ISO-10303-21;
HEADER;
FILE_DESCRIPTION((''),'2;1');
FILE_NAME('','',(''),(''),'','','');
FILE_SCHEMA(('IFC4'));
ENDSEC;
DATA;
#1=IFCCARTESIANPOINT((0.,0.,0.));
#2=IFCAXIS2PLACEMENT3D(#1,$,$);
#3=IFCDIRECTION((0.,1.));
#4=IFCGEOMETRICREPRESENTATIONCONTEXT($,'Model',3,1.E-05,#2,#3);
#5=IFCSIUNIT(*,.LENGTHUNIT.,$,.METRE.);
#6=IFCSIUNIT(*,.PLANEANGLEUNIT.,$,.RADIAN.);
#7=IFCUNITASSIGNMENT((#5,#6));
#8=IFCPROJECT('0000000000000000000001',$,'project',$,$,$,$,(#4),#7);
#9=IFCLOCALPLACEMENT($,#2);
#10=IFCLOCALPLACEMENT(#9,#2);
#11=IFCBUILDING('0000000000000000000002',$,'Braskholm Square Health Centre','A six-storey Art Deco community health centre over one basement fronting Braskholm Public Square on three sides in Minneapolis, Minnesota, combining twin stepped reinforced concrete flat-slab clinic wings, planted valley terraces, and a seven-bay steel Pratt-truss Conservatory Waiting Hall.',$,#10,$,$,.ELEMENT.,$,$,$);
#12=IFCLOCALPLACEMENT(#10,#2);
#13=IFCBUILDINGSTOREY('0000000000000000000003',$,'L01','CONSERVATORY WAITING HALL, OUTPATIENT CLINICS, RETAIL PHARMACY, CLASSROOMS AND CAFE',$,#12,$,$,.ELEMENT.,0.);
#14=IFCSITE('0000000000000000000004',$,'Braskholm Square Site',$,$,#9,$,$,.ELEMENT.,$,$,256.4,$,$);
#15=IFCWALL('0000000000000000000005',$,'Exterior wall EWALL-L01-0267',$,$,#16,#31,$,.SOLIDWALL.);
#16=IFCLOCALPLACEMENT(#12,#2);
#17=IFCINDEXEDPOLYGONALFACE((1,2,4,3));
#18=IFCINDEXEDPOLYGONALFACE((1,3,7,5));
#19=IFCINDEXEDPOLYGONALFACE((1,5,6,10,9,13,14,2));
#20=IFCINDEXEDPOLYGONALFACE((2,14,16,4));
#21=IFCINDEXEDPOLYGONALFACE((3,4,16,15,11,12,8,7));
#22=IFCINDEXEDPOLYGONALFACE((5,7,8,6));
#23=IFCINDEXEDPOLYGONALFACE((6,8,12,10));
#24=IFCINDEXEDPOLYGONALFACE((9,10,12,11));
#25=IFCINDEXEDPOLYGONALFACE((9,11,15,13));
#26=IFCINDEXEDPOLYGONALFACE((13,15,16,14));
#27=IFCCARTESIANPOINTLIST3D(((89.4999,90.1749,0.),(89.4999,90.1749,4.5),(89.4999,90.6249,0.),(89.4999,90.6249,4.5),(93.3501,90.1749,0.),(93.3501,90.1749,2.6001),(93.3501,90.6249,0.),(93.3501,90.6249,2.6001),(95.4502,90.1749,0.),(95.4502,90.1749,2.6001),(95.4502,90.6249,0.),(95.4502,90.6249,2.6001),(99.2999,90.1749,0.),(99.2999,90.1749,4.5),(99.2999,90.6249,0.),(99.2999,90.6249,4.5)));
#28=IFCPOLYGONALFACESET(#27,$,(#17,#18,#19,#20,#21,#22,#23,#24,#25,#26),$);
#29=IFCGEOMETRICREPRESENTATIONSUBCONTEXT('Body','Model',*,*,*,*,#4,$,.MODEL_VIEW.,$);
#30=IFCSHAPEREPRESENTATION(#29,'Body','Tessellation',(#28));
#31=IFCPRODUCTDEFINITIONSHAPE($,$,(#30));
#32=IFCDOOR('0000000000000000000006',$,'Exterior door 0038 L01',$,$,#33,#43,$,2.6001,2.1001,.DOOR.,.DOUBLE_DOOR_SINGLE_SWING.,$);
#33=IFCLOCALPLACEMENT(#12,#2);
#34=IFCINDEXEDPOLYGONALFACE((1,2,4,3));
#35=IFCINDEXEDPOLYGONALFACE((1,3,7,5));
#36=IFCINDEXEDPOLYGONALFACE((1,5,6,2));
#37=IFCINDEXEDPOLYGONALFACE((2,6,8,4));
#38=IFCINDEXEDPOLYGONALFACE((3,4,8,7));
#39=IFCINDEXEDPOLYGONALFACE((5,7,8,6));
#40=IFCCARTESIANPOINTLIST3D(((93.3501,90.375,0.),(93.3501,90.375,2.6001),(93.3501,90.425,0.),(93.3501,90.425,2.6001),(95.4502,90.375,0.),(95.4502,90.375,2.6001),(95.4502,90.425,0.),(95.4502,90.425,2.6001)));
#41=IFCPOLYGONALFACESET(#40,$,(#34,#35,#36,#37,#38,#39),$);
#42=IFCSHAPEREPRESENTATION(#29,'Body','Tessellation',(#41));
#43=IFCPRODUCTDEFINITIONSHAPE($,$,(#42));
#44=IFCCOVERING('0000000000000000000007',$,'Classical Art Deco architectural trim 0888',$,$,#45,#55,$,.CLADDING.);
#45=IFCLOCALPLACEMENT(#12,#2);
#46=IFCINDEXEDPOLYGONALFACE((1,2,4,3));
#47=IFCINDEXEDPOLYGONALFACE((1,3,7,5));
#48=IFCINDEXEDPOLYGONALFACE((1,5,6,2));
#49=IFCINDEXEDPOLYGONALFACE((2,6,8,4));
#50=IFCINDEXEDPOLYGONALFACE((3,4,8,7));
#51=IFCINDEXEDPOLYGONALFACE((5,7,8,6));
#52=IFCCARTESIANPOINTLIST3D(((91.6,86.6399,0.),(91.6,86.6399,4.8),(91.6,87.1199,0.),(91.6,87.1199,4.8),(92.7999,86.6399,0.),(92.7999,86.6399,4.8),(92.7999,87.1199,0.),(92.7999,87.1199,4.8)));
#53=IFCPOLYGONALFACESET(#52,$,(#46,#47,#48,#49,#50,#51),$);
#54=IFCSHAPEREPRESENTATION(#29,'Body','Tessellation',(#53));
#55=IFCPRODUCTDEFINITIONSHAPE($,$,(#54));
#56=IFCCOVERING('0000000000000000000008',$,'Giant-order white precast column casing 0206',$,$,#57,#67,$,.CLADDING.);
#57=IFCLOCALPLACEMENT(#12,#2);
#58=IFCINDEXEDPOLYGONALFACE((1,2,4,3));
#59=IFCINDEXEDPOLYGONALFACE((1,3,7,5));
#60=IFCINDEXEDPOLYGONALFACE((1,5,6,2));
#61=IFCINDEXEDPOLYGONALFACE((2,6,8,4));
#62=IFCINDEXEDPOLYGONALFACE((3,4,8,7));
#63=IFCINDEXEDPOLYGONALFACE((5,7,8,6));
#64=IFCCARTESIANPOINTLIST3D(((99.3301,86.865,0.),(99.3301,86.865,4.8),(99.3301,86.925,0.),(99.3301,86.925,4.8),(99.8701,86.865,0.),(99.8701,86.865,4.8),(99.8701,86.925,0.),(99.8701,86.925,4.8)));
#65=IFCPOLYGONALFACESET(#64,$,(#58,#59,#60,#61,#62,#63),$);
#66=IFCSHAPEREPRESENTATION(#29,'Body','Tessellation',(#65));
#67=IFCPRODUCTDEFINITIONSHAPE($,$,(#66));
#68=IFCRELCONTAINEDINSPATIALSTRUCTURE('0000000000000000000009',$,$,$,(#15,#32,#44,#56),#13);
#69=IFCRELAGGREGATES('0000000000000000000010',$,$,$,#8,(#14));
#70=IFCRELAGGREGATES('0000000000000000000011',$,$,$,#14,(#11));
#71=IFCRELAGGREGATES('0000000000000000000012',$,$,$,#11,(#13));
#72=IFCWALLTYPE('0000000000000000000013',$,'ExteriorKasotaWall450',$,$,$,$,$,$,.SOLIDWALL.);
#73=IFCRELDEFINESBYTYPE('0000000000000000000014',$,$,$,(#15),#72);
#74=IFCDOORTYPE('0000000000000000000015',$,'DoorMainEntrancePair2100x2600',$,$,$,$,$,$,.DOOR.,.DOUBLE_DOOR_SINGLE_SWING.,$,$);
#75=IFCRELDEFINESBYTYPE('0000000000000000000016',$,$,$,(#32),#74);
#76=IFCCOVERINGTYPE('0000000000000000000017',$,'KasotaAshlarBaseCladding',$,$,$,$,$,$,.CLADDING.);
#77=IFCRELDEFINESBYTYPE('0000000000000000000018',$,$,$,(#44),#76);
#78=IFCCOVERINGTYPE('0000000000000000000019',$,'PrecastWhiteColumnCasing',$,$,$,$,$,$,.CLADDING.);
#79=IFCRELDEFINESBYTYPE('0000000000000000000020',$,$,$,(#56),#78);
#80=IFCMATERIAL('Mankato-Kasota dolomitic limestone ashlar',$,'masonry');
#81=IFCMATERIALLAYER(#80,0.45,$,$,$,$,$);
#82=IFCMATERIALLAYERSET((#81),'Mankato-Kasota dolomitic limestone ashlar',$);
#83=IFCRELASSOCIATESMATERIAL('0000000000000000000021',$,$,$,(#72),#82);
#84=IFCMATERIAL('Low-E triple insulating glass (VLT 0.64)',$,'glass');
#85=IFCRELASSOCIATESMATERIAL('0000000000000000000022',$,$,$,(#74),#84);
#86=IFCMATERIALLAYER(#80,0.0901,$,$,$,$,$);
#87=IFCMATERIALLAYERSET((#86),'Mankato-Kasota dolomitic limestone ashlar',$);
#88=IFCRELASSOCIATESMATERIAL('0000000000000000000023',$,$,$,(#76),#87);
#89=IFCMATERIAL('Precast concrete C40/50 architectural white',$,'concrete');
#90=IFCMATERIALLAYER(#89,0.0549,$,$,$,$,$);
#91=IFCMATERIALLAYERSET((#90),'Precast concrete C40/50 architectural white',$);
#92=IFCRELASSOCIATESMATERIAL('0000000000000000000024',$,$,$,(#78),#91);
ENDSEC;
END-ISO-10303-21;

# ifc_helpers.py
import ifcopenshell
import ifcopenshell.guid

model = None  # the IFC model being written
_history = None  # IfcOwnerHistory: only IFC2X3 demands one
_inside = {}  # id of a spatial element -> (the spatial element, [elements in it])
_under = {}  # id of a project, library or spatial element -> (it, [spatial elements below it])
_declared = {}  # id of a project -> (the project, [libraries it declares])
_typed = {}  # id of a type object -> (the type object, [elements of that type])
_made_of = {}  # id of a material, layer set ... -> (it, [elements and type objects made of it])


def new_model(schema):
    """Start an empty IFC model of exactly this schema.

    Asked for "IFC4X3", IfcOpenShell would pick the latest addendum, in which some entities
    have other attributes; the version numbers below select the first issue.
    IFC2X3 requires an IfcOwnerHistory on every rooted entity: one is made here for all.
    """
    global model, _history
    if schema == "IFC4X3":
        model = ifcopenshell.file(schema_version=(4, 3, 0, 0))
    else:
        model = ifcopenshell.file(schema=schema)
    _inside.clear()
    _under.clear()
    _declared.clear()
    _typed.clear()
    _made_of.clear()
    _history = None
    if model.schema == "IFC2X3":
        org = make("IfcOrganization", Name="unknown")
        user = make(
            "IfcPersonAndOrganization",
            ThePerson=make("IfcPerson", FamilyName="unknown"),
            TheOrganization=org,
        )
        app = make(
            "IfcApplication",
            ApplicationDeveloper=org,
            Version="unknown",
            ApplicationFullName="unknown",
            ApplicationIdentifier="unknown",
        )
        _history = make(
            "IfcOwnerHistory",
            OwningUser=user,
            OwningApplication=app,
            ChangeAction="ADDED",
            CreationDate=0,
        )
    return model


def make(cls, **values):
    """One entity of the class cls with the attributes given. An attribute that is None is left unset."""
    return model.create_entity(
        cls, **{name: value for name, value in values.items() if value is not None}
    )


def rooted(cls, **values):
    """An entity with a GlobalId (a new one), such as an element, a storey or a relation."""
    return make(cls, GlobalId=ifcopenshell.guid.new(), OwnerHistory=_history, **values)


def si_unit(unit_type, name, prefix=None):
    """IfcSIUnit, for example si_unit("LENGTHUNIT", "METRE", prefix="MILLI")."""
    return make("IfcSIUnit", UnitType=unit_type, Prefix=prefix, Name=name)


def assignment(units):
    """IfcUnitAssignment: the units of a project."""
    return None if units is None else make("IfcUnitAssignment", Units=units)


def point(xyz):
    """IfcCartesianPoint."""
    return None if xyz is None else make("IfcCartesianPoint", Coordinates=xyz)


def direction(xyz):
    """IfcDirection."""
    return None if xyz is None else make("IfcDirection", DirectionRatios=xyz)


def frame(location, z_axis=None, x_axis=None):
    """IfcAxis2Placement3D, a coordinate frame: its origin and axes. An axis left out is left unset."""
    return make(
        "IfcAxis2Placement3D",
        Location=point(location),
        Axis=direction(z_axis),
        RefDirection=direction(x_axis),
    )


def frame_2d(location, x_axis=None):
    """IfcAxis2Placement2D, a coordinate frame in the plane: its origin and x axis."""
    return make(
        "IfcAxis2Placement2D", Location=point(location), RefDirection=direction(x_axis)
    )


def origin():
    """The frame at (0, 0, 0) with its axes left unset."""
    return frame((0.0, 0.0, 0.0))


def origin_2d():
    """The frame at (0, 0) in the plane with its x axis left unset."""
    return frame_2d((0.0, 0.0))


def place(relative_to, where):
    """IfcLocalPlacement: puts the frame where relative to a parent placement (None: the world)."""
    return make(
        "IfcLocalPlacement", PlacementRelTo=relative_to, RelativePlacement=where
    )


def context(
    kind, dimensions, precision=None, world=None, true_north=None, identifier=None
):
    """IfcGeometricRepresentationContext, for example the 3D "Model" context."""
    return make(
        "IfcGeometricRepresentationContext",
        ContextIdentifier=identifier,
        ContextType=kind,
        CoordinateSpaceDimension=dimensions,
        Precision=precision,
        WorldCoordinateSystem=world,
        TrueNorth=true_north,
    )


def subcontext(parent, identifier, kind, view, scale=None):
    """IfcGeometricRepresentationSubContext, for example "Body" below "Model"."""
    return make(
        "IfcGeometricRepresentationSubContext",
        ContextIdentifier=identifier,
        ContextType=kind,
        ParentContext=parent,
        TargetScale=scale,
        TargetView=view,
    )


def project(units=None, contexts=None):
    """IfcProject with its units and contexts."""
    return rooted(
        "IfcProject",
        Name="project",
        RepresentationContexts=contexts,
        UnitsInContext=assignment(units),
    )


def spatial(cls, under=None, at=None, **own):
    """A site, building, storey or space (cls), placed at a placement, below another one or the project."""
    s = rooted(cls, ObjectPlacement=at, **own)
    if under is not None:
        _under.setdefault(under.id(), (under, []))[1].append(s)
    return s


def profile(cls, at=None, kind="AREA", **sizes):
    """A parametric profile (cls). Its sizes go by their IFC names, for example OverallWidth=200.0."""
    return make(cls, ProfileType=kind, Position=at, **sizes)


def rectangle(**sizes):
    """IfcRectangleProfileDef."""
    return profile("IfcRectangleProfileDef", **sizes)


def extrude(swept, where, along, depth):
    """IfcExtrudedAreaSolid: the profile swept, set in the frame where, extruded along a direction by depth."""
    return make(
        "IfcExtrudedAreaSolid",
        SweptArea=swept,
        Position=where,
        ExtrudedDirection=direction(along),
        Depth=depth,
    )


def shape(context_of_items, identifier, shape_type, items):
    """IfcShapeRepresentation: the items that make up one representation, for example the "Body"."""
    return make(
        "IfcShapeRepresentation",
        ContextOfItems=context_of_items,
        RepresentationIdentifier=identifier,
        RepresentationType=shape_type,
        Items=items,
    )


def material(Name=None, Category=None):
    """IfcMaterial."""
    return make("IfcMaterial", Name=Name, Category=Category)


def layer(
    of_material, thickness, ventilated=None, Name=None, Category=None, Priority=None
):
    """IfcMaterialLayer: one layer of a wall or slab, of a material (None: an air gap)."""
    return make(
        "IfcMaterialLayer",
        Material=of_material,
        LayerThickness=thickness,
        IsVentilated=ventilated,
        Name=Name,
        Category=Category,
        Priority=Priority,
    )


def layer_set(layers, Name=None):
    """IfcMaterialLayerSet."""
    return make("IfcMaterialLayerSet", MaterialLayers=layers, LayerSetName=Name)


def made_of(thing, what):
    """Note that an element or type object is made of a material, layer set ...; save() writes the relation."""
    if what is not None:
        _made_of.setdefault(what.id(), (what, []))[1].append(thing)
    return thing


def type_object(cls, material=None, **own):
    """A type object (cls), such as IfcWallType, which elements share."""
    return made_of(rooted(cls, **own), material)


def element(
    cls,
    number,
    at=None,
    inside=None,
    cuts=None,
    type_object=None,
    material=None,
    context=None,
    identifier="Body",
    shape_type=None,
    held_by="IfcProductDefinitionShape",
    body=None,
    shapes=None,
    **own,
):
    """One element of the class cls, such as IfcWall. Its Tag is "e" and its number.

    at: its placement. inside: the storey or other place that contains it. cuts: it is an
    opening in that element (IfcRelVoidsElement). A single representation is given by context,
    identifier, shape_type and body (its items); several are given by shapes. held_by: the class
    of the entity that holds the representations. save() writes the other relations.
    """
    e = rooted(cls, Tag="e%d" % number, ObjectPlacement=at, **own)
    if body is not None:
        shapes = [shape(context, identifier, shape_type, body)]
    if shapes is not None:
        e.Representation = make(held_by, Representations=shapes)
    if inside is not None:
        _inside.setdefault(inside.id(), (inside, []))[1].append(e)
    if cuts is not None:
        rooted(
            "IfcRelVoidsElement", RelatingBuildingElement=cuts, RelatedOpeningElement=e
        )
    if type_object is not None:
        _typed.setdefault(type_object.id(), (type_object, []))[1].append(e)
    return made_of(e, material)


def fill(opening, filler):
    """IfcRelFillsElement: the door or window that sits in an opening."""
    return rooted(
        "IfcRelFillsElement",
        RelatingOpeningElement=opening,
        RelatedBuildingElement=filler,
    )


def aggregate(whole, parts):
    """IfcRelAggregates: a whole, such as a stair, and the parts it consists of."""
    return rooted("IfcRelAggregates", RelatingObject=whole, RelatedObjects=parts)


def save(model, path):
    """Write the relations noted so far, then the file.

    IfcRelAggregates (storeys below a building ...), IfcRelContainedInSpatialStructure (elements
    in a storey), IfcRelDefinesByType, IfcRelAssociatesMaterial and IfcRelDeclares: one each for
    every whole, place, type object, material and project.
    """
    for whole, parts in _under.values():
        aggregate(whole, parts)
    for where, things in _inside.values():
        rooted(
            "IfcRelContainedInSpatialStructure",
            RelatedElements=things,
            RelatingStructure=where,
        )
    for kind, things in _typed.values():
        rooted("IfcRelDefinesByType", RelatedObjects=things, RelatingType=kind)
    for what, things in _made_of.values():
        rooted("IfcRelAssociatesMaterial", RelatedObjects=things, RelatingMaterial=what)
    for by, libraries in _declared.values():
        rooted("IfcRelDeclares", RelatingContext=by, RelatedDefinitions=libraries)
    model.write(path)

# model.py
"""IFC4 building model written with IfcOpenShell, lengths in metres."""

from ifc_helpers import new_model, si_unit, direction, frame, frame_2d, origin, origin_2d, place, context, subcontext, project, spatial, rectangle, extrude, material, layer, layer_set, type_object, element, fill, save


model = new_model("IFC4")

# Units and contexts
model_context = context("Model", 3, precision=1e-05, world=origin(), true_north=direction((0.0, 1.0)))
body_context = subcontext(model_context, "Body", "Model", "MODEL_VIEW")
ifc_project = project(units=[si_unit("LENGTHUNIT", "METRE"), si_unit("PLANEANGLEUNIT", "RADIAN")], contexts=[model_context])

# Site, building, storey
site_placement = place(None, origin())
site = spatial("IfcSite", under=ifc_project, at=site_placement, Name="Braskholm Square Site", CompositionType="ELEMENT", RefElevation=256.4)
building_placement = place(site_placement, origin())
building = spatial("IfcBuilding", under=site, at=building_placement, Name="Braskholm Square Health Centre", Description="A six-storey Art Deco community health centre over one basement fronting Braskholm Public Square on three sides in Minneapolis, Minnesota, combining twin stepped reinforced concrete flat-slab clinic wings, planted valley terraces, and a seven-bay steel Pratt-truss Conservatory Waiting Hall.", CompositionType="ELEMENT")
storey_placement = place(building_placement, origin())
storey = spatial("IfcBuildingStorey", under=building, at=storey_placement, Name="L01", Description="CONSERVATORY WAITING HALL, OUTPATIENT CLINICS, RETAIL PHARMACY, CLASSROOMS AND CAFE", CompositionType="ELEMENT", Elevation=0.0)

# Shared definitions
ifc_material_1 = material(Name="Precast concrete C40/50 architectural white", Category="concrete")

# Shared definitions
ifc_material_2 = material(Name="Low-E triple insulating glass (VLT 0.64)", Category="glass")

# Wall, opening, door
ifc_material_3 = material(Name="Mankato-Kasota dolomitic limestone ashlar", Category="masonry")
ifc_layer_1 = layer(ifc_material_3, 0.45)
ifc_layer_set_1 = layer_set([ifc_layer_1], Name="Mankato-Kasota dolomitic limestone ashlar")
wall_type = type_object("IfcWallType", Name="ExteriorKasotaWall450", PredefinedType="SOLIDWALL", material=ifc_layer_set_1)
wall_placement = place(storey_placement, frame((89.5, 90.3999, 0.0), z_axis=(0.0, 0.0, 1.0), x_axis=(1.0, 0.0, 0.0)))
wall = element("IfcWall", 1, at=wall_placement, inside=storey, type_object=wall_type, Name="Exterior wall EWALL-L01-0267", PredefinedType="SOLIDWALL", context=body_context, shape_type="SweptSolid", body=[
    extrude(rectangle(XDim=9.8, YDim=0.45, at=frame_2d((4.8999, 0.0))), origin(), (0.0, 0.0, 1.0), 4.5),
])
opening_placement = place(wall_placement, frame((3.8501, 0.0, 0.0)))
opening = element("IfcOpeningElement", 2, at=opening_placement, cuts=wall, PredefinedType="OPENING", context=body_context, shape_type="SweptSolid", body=[
    extrude(rectangle(XDim=2.1001, YDim=2.6001, at=frame_2d((1.05, 1.3))), frame((0.0, 0.2349, 0.0), z_axis=(0.0, -1.0, 0.0), x_axis=(1.0, 0.0, 0.0)), (0.0, 0.0, 1.0), 0.47),
])
door_type = type_object("IfcDoorType", Name="DoorMainEntrancePair2100x2600", OperationType="DOUBLE_DOOR_SINGLE_SWING", PredefinedType="DOOR", material=ifc_material_2)
door_placement = place(opening_placement, frame((2.1001, 0.0, 0.0), z_axis=(0.0, 0.0, 1.0), x_axis=(-1.0, 0.0, 0.0)))
door = element("IfcDoor", 3, at=door_placement, inside=storey, type_object=door_type, Name="Exterior door 0038 L01", OperationType="DOUBLE_DOOR_SINGLE_SWING", OverallHeight=2.6001, OverallWidth=2.1001, PredefinedType="DOOR", context=body_context, shape_type="SweptSolid", body=[
    extrude(rectangle(XDim=2.1001, YDim=2.6001, at=frame_2d((1.05, 1.3))), frame((0.0, 0.0249, 0.0), z_axis=(0.0, -1.0, 0.0), x_axis=(1.0, 0.0, 0.0)), (0.0, 0.0, 1.0), 0.05),
])
fill(opening, door)

# Coverings
ifc_layer_2 = layer(ifc_material_3, 0.0901)
ifc_layer_set_2 = layer_set([ifc_layer_2], Name="Mankato-Kasota dolomitic limestone ashlar")
covering_type_1 = type_object("IfcCoveringType", Name="KasotaAshlarBaseCladding", PredefinedType="CLADDING", material=ifc_layer_set_2)
covering_1_placement = place(storey_placement, frame((92.2, 86.8799, 0.0), z_axis=(0.0, 0.0, 1.0), x_axis=(1.0, 0.0, 0.0)))
element("IfcCovering", 4, at=covering_1_placement, inside=storey, type_object=covering_type_1, Name="Classical Art Deco architectural trim 0888", PredefinedType="CLADDING", context=body_context, shape_type="SweptSolid", body=[
    extrude(rectangle(XDim=1.2, YDim=0.48, at=origin_2d()), origin(), (0.0, 0.0, 1.0), 4.8),
])
ifc_layer_3 = layer(ifc_material_1, 0.0549)
ifc_layer_set_3 = layer_set([ifc_layer_3], Name="Precast concrete C40/50 architectural white")
covering_type_2 = type_object("IfcCoveringType", Name="PrecastWhiteColumnCasing", PredefinedType="CLADDING", material=ifc_layer_set_3)
covering_2_placement = place(storey_placement, frame((99.6001, 86.895, 0.0), z_axis=(0.0, 0.0, 1.0), x_axis=(1.0, 0.0, 0.0)))
element("IfcCovering", 5, at=covering_2_placement, inside=storey, type_object=covering_type_2, Name="Giant-order white precast column casing 0206", PredefinedType="CLADDING", context=body_context, shape_type="SweptSolid", body=[
    extrude(rectangle(XDim=0.54, YDim=0.0601, at=origin_2d()), origin(), (0.0, 0.0, 1.0), 4.8),
])

save(model, "model.ifc")
